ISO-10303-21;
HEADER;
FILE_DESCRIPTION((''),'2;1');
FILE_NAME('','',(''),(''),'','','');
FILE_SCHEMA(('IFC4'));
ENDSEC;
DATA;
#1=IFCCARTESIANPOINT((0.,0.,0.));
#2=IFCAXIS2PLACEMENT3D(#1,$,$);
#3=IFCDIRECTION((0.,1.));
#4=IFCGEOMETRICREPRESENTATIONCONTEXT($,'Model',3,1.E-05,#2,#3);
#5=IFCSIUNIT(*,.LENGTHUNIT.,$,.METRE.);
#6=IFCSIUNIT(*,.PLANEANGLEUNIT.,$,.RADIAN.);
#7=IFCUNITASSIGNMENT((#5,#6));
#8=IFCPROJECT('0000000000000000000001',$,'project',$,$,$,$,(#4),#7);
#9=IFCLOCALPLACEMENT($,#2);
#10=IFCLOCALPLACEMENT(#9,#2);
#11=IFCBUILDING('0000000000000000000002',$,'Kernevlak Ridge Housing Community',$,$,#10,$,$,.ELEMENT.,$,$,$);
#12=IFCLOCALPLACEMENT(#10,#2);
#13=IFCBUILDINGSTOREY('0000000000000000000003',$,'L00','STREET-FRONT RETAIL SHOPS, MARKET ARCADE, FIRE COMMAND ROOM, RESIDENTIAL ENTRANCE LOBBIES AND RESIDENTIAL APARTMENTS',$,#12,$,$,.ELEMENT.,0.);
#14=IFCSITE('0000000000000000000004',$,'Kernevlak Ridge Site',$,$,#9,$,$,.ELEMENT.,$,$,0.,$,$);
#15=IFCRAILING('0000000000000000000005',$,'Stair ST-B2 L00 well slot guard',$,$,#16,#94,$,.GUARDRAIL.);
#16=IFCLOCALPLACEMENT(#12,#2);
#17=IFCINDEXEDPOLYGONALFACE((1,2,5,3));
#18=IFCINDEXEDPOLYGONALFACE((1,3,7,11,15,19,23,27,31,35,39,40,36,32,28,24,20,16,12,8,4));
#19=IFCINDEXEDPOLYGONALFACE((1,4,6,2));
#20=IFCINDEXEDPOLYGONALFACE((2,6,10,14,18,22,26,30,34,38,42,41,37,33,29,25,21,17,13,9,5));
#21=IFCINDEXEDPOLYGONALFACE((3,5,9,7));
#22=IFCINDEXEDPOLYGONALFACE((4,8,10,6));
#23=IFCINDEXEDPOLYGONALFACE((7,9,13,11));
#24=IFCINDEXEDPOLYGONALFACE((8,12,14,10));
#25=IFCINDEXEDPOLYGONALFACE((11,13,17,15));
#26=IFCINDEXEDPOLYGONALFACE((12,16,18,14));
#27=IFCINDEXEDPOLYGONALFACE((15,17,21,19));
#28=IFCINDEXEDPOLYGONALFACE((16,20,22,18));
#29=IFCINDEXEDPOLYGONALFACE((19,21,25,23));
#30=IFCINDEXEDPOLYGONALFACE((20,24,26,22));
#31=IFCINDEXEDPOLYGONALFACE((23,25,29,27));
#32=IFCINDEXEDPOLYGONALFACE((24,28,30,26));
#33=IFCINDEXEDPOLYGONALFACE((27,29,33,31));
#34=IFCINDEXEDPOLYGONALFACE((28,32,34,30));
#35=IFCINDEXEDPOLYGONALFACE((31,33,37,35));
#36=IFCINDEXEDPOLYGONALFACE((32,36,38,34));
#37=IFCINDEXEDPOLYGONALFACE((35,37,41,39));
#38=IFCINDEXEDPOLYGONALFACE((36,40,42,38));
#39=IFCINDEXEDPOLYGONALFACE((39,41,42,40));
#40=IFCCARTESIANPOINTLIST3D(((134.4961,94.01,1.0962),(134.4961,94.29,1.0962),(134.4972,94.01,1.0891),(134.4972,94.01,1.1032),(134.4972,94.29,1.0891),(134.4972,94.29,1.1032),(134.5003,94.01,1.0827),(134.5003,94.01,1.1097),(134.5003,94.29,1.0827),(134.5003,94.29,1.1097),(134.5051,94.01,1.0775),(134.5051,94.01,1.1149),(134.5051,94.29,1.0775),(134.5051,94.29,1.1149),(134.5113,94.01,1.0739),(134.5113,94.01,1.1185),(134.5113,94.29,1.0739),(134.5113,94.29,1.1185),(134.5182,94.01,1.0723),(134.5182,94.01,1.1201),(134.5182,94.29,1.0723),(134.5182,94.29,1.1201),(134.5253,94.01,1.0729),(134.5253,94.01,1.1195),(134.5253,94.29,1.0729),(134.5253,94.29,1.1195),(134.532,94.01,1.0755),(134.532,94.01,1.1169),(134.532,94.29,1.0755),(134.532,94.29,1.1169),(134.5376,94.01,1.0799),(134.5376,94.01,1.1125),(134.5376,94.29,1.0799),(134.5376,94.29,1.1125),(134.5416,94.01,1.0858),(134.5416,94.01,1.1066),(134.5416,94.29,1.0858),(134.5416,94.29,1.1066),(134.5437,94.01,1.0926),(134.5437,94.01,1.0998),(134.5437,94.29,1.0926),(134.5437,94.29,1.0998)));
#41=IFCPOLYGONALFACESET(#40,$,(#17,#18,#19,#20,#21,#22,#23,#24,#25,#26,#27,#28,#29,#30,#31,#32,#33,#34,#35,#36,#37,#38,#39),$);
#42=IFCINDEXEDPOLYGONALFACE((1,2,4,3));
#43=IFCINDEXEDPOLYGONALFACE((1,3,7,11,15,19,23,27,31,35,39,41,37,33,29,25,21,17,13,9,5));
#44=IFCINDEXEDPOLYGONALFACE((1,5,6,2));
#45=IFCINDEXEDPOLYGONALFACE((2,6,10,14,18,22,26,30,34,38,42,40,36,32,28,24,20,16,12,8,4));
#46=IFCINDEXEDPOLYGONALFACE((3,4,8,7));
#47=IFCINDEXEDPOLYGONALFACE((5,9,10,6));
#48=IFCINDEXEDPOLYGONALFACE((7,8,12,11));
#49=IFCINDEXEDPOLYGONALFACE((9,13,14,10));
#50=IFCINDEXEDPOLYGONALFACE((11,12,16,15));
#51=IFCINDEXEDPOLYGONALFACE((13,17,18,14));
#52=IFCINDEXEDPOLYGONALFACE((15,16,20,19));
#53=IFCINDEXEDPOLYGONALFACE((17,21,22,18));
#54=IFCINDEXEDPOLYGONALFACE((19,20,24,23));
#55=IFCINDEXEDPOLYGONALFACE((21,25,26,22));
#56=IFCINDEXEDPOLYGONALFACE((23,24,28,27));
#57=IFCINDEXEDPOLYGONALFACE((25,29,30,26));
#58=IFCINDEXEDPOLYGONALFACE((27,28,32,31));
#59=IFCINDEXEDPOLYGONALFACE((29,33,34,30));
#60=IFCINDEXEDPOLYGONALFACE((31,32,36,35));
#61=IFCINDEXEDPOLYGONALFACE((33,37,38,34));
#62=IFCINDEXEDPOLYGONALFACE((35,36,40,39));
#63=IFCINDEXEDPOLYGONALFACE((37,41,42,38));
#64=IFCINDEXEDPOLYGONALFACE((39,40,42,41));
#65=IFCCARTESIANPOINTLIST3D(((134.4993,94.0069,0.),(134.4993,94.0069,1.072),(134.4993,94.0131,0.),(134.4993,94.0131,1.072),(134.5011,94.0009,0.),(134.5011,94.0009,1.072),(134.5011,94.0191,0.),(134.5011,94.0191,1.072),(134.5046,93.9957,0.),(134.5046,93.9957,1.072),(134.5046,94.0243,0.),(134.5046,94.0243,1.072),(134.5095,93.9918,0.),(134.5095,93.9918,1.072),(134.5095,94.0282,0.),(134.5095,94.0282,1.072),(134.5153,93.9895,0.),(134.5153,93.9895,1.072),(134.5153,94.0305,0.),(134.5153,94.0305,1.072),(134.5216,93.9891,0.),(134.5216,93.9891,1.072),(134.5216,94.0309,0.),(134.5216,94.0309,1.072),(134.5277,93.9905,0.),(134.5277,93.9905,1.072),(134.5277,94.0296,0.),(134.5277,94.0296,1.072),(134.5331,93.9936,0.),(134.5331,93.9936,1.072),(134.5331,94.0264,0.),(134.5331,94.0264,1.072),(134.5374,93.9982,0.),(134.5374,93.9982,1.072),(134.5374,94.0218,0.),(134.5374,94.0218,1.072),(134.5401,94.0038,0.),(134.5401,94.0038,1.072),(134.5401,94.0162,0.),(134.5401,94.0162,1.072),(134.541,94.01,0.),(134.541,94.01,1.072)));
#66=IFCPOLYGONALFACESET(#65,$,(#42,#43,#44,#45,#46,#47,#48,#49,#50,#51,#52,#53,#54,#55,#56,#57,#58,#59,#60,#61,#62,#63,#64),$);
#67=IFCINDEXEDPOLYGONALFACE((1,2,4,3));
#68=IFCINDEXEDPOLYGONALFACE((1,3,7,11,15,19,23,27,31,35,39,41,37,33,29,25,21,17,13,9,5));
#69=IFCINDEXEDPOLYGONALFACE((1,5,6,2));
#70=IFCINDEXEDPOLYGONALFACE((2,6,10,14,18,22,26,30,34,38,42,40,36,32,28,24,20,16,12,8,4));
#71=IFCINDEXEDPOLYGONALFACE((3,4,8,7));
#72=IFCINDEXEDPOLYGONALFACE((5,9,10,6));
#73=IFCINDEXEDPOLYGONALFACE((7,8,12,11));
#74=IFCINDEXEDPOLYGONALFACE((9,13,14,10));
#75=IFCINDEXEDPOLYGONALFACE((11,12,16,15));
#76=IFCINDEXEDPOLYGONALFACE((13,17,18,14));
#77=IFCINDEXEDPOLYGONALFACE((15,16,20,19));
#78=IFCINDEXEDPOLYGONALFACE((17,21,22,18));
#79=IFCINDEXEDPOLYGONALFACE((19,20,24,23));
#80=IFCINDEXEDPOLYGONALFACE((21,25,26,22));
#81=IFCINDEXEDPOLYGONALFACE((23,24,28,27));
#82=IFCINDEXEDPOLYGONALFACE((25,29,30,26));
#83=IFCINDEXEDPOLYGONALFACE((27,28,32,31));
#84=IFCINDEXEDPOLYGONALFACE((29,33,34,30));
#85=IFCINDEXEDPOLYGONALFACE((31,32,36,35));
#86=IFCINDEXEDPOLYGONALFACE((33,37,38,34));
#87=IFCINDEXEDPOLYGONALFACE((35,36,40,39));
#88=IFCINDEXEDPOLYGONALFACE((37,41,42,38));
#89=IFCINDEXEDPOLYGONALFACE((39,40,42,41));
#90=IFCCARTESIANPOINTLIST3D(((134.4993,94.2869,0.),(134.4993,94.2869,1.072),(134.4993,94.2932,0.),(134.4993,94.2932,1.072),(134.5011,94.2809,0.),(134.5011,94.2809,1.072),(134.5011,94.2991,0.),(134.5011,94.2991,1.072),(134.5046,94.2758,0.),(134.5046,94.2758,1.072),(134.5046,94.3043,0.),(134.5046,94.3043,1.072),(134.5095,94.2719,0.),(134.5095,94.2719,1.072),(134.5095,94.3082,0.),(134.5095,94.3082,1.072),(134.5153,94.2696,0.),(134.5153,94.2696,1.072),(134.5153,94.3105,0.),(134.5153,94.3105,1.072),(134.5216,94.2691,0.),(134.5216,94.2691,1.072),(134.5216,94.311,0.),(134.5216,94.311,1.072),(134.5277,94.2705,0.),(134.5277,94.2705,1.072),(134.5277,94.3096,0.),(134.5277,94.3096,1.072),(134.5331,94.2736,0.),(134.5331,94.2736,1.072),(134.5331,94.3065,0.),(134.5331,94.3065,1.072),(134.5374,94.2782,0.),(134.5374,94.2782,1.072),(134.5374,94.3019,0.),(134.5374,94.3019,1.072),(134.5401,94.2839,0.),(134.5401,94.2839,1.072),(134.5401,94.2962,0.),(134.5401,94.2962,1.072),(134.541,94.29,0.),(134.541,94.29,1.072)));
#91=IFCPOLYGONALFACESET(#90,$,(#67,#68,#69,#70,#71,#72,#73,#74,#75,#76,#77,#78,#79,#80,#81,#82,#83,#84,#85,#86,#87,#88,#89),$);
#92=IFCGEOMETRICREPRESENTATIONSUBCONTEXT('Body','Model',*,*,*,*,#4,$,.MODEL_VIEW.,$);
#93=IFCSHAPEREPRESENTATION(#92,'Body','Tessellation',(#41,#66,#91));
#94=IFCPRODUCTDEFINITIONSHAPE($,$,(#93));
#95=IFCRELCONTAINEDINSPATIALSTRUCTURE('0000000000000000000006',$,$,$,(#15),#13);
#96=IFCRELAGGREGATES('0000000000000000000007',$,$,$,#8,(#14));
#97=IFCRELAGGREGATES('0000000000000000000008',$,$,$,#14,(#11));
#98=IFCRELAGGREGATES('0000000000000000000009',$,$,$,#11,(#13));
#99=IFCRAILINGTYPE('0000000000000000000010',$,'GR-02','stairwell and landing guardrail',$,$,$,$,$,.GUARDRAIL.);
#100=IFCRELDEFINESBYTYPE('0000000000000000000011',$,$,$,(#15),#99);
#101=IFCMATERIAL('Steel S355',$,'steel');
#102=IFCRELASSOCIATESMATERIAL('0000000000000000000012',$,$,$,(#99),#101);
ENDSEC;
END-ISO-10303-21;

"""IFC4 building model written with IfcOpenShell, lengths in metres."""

from ifc_helpers import new_model, si_unit, direction, frame, origin, origin_2d, place, context, subcontext, project, spatial, circle, extrude, material, type_object, element, save


model = new_model("IFC4")

# Units and contexts
model_context = context("Model", 3, precision=1e-05, world=origin(), true_north=direction((0.0, 1.0)))
body_context = subcontext(model_context, "Body", "Model", "MODEL_VIEW")
ifc_project = project(units=[si_unit("LENGTHUNIT", "METRE"), si_unit("PLANEANGLEUNIT", "RADIAN")], contexts=[model_context])

# Site, building, storey
site_placement = place(None, origin())
site = spatial("IfcSite", under=ifc_project, at=site_placement, Name="Kernevlak Ridge Site", CompositionType="ELEMENT", RefElevation=0.0)
building_placement = place(site_placement, origin())
building = spatial("IfcBuilding", under=site, at=building_placement, Name="Kernevlak Ridge Housing Community", CompositionType="ELEMENT")
storey_placement = place(building_placement, origin())
storey = spatial("IfcBuildingStorey", under=building, at=storey_placement, Name="L00", Description="STREET-FRONT RETAIL SHOPS, MARKET ARCADE, FIRE COMMAND ROOM, RESIDENTIAL ENTRANCE LOBBIES AND RESIDENTIAL APARTMENTS", CompositionType="ELEMENT", Elevation=0.0)

# Railing
ifc_material_1 = material(Name="Steel S355", Category="steel")
railing_type_1 = type_object("IfcRailingType", Name="GR-02", Description="stairwell and landing guardrail", PredefinedType="GUARDRAIL", material=ifc_material_1)
railing_1_placement = place(storey_placement, frame((134.52, 94.01, 0.0)))
element("IfcRailing", 1, at=railing_1_placement, inside=storey, type_object=railing_type_1, Name="Stair ST-B2 L00 well slot guard", PredefinedType="GUARDRAIL", context=body_context, shape_type="SweptSolid", body=[
    extrude(circle(Radius=0.0239, at=origin_2d()), frame((0.0, 0.0, 1.0962), z_axis=(0.0, 1.0, 0.0), x_axis=(-1.0, 0.0, 0.0)), (0.0, 0.0, 1.0), 0.28),
    extrude(circle(Radius=0.021, at=origin_2d()), origin(), (0.0, 0.0, 1.0), 1.072),
    extrude(circle(Radius=0.021, at=origin_2d()), frame((0.0, 0.28, 0.0)), (0.0, 0.0, 1.0), 1.072),
])

save(model, "model.ifc")
